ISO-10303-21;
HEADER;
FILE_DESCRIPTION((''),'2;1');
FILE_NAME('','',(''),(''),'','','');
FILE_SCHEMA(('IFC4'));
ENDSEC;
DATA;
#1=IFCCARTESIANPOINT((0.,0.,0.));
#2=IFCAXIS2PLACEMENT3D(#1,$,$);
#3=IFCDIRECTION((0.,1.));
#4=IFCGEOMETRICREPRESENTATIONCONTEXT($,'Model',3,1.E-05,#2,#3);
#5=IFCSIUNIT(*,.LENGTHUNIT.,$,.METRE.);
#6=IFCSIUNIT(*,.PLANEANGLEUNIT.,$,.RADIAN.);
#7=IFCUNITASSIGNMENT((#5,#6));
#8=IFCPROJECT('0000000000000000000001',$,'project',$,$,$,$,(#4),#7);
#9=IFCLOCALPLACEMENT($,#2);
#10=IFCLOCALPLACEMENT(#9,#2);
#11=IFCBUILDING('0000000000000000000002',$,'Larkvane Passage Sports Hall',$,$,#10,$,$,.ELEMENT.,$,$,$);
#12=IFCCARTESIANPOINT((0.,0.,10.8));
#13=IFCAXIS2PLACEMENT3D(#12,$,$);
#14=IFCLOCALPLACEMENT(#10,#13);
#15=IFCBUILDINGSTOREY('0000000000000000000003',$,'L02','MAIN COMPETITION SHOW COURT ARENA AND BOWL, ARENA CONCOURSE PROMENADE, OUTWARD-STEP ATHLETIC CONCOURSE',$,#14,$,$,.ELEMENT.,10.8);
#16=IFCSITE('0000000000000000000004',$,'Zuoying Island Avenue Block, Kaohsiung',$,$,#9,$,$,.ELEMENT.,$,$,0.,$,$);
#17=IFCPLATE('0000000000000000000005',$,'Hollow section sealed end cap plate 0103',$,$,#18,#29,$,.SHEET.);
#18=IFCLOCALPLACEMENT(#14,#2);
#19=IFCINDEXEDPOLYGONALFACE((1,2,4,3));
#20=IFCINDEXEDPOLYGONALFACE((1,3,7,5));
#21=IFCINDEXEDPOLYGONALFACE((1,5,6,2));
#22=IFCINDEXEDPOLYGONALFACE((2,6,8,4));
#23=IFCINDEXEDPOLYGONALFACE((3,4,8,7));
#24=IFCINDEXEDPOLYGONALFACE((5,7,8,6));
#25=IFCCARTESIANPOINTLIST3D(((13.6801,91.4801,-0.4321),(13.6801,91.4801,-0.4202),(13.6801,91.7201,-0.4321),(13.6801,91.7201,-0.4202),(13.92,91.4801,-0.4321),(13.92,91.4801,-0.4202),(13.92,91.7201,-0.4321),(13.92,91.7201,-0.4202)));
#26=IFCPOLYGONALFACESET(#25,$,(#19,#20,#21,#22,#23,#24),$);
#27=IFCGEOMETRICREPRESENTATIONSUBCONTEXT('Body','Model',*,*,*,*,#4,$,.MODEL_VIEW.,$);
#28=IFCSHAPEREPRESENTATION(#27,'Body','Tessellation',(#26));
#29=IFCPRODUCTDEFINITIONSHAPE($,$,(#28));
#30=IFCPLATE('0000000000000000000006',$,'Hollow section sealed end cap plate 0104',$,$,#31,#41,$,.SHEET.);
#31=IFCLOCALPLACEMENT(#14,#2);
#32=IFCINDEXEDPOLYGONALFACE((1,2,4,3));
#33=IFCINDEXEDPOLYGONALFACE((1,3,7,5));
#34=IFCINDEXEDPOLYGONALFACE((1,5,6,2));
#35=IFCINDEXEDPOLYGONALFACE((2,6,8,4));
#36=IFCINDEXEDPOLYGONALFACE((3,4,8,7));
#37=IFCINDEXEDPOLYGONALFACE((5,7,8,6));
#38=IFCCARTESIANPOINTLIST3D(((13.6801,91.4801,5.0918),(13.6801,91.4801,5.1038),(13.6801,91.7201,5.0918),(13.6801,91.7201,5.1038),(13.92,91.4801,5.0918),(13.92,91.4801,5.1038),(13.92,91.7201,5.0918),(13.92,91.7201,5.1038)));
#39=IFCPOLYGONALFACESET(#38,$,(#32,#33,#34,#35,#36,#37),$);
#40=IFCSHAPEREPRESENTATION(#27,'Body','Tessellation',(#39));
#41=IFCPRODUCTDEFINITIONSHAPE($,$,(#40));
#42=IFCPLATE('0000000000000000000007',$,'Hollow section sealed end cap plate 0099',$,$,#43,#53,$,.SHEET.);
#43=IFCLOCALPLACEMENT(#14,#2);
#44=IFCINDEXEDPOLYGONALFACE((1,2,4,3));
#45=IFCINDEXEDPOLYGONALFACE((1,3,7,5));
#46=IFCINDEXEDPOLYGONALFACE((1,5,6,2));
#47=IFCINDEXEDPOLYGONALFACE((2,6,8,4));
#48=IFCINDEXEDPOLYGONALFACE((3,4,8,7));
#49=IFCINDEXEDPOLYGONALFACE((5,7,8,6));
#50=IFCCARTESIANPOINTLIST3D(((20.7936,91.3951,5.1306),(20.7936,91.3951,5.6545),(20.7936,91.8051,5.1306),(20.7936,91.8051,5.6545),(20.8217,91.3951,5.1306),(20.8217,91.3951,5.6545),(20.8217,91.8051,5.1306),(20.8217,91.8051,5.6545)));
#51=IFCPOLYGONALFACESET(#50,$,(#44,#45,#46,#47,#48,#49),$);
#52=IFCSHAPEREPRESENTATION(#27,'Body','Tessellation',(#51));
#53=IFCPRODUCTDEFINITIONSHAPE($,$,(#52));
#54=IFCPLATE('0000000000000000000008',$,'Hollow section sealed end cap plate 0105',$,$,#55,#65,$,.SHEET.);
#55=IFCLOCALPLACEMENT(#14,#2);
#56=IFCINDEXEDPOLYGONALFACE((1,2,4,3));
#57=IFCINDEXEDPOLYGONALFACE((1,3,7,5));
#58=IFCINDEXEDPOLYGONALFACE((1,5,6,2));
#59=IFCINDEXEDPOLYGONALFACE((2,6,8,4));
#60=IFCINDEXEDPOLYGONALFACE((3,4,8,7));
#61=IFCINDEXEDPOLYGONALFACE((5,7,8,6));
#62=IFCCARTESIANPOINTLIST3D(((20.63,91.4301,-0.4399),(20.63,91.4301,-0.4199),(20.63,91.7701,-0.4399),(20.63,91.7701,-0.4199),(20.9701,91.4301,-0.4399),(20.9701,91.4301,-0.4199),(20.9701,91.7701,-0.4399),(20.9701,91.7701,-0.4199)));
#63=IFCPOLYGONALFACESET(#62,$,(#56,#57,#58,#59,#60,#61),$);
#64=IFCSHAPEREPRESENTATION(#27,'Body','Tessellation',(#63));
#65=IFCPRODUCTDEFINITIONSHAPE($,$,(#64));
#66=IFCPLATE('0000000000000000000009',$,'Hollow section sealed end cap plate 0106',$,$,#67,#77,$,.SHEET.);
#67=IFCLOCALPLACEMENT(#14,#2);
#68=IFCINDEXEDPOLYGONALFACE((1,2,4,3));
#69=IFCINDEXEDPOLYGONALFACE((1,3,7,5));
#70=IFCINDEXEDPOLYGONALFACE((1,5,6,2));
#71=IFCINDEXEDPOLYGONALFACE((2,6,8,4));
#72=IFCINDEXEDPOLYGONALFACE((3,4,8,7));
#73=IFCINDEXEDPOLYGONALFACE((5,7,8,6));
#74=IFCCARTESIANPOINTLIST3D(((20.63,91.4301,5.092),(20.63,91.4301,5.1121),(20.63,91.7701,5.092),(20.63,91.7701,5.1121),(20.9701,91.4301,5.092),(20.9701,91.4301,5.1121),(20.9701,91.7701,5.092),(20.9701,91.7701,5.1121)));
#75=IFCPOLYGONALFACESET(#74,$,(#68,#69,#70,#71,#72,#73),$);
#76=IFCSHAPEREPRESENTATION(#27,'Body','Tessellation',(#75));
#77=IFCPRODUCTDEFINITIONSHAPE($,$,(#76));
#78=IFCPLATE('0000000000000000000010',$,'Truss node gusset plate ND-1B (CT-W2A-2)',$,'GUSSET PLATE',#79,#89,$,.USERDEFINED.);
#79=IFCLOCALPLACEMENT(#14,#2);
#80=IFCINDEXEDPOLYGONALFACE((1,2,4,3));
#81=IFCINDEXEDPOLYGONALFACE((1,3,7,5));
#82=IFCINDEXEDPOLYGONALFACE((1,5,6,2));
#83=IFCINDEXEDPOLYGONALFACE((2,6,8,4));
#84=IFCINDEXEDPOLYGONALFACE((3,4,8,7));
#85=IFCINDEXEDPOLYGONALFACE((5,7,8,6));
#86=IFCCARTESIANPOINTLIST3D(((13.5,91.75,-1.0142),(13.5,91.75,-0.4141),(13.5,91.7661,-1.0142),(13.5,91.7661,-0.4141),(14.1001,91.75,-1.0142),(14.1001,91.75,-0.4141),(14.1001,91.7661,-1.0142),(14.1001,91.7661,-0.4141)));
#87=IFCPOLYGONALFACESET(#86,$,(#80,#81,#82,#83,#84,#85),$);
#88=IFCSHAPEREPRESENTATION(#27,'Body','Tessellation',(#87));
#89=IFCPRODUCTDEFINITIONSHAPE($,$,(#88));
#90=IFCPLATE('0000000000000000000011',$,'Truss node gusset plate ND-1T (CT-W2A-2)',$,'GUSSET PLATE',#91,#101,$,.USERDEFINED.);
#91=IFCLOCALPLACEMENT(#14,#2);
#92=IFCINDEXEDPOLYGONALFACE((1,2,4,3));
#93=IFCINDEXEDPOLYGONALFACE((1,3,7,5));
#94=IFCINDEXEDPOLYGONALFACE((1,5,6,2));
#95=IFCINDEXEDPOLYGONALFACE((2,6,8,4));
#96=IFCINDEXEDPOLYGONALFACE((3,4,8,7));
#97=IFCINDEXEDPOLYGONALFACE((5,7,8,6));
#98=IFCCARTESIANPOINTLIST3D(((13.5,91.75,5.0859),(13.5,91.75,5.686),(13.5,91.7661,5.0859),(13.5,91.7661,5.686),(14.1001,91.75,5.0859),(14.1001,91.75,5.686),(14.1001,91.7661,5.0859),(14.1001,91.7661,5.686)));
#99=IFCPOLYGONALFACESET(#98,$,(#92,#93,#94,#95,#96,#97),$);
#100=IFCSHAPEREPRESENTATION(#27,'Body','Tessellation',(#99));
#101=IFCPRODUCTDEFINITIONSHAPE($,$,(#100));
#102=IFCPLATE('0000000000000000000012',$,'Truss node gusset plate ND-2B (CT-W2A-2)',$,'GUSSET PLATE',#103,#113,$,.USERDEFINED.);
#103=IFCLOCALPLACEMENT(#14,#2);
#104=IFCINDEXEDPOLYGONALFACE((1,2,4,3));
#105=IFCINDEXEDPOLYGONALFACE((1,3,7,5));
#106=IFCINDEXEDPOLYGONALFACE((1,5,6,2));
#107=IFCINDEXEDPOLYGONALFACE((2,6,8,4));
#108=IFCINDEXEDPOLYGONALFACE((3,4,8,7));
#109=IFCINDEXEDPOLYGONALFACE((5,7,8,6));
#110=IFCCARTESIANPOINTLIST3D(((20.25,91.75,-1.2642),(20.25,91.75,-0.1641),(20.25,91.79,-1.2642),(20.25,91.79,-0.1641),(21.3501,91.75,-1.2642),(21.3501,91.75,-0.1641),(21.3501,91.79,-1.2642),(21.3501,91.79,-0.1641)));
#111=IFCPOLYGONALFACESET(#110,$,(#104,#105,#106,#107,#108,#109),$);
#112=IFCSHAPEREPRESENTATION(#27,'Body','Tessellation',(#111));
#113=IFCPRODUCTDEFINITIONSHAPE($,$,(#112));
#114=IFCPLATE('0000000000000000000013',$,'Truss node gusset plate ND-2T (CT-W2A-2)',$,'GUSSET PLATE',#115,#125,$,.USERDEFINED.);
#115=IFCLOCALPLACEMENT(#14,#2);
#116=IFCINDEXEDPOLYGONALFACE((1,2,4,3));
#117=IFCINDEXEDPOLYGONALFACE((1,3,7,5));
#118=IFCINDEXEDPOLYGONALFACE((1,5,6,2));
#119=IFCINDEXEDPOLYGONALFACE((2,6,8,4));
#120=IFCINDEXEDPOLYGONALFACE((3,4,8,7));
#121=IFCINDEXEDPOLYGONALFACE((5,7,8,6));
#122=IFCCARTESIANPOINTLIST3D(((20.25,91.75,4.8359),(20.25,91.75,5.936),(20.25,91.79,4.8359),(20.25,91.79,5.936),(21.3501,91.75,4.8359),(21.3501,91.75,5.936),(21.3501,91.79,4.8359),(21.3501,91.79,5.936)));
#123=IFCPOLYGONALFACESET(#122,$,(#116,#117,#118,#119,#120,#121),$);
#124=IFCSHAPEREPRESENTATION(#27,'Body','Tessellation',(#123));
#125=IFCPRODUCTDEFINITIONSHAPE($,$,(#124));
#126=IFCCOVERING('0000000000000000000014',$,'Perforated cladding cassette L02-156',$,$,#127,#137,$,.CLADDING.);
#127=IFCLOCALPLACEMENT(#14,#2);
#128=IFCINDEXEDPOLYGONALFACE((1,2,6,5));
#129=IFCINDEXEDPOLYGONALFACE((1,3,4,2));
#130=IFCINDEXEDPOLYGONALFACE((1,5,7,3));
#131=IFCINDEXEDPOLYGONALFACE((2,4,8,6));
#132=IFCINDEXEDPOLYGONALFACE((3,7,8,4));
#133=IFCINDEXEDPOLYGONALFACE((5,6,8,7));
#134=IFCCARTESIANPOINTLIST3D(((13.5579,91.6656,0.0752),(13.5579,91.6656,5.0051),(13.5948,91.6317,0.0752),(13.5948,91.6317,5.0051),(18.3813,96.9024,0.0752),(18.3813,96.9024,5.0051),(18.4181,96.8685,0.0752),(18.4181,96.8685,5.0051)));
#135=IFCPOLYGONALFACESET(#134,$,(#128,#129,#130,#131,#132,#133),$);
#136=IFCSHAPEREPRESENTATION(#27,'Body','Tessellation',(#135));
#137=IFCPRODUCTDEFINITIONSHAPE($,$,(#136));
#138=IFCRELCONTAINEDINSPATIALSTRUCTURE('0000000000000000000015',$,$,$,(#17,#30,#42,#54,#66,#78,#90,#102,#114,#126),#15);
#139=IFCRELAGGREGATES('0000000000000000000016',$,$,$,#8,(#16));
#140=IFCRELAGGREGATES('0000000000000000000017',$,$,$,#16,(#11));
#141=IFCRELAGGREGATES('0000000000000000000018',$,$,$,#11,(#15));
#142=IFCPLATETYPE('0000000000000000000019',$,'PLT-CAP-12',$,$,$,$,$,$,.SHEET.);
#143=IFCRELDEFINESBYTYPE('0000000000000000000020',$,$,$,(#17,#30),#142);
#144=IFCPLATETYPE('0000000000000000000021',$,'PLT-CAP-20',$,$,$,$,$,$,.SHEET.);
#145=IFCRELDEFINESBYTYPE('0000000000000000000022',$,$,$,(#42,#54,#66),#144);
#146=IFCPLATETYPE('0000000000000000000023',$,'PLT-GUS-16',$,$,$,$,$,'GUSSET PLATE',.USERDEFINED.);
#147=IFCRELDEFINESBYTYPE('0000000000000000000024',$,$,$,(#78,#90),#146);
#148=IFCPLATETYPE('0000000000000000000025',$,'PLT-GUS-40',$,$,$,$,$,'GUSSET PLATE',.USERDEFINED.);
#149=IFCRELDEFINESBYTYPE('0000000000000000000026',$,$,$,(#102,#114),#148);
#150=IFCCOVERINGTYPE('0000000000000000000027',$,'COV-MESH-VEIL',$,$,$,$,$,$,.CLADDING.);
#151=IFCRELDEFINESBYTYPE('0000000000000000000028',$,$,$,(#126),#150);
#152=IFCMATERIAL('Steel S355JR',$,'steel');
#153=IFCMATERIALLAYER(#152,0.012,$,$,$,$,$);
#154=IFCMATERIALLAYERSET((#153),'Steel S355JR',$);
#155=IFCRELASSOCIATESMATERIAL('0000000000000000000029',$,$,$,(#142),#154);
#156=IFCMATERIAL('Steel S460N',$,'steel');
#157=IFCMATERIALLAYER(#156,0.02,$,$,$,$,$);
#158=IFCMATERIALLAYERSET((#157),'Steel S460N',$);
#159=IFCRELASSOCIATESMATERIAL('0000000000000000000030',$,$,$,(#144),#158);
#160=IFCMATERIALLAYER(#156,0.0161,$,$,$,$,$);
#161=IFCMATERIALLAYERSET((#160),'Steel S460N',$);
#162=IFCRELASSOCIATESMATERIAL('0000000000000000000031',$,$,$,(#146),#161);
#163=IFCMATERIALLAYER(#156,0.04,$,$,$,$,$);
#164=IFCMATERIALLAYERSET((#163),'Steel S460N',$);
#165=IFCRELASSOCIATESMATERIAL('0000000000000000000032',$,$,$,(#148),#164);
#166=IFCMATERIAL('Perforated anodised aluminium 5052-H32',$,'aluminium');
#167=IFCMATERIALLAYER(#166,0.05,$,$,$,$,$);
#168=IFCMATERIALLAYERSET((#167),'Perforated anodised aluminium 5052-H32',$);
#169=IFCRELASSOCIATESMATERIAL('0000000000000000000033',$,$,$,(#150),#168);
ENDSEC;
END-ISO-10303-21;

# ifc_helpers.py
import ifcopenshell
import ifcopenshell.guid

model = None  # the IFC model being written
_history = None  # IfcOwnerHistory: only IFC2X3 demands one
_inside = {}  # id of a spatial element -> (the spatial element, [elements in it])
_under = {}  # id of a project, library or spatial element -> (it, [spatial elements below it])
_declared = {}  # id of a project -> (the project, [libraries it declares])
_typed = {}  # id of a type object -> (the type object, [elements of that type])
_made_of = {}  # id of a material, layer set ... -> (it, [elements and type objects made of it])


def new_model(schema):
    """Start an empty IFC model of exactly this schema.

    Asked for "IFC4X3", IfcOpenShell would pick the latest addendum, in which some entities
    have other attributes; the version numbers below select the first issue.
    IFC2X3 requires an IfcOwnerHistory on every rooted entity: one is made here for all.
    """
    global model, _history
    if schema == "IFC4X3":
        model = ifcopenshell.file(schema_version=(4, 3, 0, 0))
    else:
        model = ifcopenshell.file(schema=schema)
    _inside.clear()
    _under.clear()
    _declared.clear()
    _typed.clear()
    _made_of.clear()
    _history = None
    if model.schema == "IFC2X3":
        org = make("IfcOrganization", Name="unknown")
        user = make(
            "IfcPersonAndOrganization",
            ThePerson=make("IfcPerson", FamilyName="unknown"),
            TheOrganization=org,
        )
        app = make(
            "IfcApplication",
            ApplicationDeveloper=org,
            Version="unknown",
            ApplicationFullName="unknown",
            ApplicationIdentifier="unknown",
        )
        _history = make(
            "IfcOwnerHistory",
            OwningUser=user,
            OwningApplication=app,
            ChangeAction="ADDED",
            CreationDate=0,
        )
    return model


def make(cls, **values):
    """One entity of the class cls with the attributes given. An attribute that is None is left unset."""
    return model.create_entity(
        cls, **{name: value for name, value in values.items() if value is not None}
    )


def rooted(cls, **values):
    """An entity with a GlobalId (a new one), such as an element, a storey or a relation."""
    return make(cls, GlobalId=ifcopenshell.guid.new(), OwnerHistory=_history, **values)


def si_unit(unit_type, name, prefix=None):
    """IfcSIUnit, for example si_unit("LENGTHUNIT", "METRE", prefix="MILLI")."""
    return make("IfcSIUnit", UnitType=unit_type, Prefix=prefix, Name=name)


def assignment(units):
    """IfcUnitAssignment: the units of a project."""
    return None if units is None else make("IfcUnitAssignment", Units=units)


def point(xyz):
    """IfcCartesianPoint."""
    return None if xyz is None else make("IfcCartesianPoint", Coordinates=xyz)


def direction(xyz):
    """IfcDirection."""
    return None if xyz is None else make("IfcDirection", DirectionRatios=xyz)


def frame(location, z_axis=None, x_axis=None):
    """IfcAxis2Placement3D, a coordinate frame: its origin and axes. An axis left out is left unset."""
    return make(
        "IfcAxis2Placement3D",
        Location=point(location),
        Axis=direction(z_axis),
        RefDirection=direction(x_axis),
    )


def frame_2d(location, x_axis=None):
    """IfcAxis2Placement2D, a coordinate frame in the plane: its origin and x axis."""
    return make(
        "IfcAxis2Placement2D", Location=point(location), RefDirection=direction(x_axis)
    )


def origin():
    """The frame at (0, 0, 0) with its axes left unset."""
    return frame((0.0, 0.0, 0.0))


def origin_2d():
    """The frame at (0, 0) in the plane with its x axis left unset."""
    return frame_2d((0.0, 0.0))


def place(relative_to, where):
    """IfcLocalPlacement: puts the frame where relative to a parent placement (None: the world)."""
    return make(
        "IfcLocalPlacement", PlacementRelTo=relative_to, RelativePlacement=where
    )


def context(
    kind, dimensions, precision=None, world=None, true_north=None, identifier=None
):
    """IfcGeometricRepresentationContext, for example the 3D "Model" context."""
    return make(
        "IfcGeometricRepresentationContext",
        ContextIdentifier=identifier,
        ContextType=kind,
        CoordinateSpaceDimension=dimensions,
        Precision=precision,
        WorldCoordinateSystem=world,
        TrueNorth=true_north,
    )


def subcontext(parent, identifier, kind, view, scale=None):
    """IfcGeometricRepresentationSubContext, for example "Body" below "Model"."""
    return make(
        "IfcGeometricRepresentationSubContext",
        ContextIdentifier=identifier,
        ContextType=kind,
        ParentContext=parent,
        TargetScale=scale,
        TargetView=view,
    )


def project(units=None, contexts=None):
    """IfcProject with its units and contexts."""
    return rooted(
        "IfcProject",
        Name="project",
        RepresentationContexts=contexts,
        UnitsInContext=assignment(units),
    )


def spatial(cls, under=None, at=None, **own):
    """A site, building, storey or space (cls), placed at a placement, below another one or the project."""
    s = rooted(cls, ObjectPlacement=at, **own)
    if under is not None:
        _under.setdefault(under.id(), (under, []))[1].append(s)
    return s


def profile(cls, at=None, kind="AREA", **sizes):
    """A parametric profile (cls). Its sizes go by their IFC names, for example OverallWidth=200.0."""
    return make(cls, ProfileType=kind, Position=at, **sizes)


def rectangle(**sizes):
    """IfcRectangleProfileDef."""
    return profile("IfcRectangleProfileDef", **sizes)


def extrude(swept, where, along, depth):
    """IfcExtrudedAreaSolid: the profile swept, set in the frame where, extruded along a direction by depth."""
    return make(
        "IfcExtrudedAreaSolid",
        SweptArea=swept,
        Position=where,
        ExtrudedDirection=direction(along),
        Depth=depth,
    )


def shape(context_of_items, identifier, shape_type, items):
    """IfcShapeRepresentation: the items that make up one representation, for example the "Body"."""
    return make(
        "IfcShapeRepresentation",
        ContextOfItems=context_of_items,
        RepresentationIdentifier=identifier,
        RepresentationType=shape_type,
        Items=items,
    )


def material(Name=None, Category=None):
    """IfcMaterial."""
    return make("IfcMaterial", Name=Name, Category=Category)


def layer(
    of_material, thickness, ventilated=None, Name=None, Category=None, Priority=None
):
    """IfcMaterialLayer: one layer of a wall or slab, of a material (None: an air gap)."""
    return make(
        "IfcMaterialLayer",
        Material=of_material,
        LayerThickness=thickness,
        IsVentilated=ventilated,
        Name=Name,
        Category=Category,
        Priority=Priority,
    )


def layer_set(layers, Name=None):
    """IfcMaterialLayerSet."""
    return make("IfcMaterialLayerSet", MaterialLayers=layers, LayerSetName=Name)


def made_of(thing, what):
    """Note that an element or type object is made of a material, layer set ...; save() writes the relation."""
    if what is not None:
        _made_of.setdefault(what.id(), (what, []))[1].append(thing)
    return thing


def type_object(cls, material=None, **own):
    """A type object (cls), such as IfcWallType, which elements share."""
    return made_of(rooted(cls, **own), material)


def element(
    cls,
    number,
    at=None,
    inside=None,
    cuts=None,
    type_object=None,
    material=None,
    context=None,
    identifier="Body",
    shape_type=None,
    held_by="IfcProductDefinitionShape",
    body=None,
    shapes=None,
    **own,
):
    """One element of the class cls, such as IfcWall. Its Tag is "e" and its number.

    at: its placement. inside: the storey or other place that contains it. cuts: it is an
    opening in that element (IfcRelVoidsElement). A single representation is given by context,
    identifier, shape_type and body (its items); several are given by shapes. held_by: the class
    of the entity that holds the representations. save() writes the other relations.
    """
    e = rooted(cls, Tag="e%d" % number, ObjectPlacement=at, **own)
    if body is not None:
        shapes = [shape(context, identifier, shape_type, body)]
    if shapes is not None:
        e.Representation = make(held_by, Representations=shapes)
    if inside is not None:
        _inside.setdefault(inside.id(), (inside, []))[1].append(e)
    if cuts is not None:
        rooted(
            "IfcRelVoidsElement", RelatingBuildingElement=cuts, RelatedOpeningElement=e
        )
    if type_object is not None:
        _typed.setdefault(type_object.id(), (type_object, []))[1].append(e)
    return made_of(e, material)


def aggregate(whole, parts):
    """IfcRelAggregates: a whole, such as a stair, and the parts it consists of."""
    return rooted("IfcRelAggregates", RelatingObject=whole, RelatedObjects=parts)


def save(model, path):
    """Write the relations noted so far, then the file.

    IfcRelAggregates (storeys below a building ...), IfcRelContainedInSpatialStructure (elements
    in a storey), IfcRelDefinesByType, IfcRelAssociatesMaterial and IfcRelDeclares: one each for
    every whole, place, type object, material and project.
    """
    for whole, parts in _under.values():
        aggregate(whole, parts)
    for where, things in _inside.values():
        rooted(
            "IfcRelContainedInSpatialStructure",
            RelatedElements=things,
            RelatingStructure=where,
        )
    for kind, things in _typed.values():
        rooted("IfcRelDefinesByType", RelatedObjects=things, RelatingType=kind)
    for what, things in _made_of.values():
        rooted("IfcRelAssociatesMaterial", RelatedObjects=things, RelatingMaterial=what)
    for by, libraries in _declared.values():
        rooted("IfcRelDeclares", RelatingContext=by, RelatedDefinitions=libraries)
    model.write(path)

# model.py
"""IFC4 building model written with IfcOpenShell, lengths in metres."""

from ifc_helpers import new_model, si_unit, direction, frame, origin, origin_2d, place, context, subcontext, project, spatial, rectangle, extrude, material, layer, layer_set, type_object, element, save


model = new_model("IFC4")

# Units and contexts
model_context = context("Model", 3, precision=1e-05, world=origin(), true_north=direction((0.0, 1.0)))
body_context = subcontext(model_context, "Body", "Model", "MODEL_VIEW")
ifc_project = project(units=[si_unit("LENGTHUNIT", "METRE"), si_unit("PLANEANGLEUNIT", "RADIAN")], contexts=[model_context])

# Site, building, storey
site_placement = place(None, origin())
site = spatial("IfcSite", under=ifc_project, at=site_placement, Name="Zuoying Island Avenue Block, Kaohsiung", CompositionType="ELEMENT", RefElevation=0.0)
building_placement = place(site_placement, origin())
building = spatial("IfcBuilding", under=site, at=building_placement, Name="Larkvane Passage Sports Hall", CompositionType="ELEMENT")
storey_placement = place(building_placement, frame((0.0, 0.0, 10.8)))
storey = spatial("IfcBuildingStorey", under=building, at=storey_placement, Name="L02", Description="MAIN COMPETITION SHOW COURT ARENA AND BOWL, ARENA CONCOURSE PROMENADE, OUTWARD-STEP ATHLETIC CONCOURSE", CompositionType="ELEMENT", Elevation=10.8)

# Shared definitions
ifc_material_1 = material(Name="Steel S460N", Category="steel")

# Plates
ifc_material_2 = material(Name="Steel S355JR", Category="steel")
ifc_layer_1 = layer(ifc_material_2, 0.012)
ifc_layer_set_1 = layer_set([ifc_layer_1], Name="Steel S355JR")
plate_type_1 = type_object("IfcPlateType", Name="PLT-CAP-12", PredefinedType="SHEET", material=ifc_layer_set_1)
for number, where, z_axis, x_axis, name in (
    (1, (13.8, 91.6001, -0.4321), (0.0, 0.0, 1.0), (1.0, 0.0, 0.0), "Hollow section sealed end cap plate 0103"),
    (2, (13.8, 91.6001, 5.0918), (0.0, 0.0, 1.0), (1.0, 0.0, 0.0), "Hollow section sealed end cap plate 0104"),
):
    element("IfcPlate", number, at=place(storey_placement, frame(where, z_axis=z_axis, x_axis=x_axis)), inside=storey, type_object=plate_type_1, Name=name, PredefinedType="SHEET", context=body_context, shape_type="SweptSolid", body=[
        extrude(rectangle(XDim=0.24, YDim=0.24, at=origin_2d()), origin(), (0.0, 0.0, 1.0), 0.012),
    ])
ifc_layer_2 = layer(ifc_material_1, 0.02)
ifc_layer_set_2 = layer_set([ifc_layer_2], Name="Steel S460N")
plate_type_2 = type_object("IfcPlateType", Name="PLT-CAP-20", PredefinedType="SHEET", material=ifc_layer_set_2)
plate_1_placement = place(storey_placement, frame((20.8076, 91.6001, 5.1306), z_axis=(0.0, 0.0, 1.0), x_axis=(0.0, 1.0, 0.0)))
element("IfcPlate", 3, at=plate_1_placement, inside=storey, type_object=plate_type_2, Name="Hollow section sealed end cap plate 0099", PredefinedType="SHEET", context=body_context, shape_type="SweptSolid", body=[
    extrude(rectangle(XDim=0.4099, YDim=0.0281, at=origin_2d()), origin(), (0.0, 0.0, 1.0), 0.5239),
])
for number, where, z_axis, x_axis, name in (
    (4, (20.8, 91.6001, -0.4399), (0.0, 0.0, 1.0), (1.0, 0.0, 0.0), "Hollow section sealed end cap plate 0105"),
    (5, (20.8, 91.6001, 5.092), (0.0, 0.0, 1.0), (1.0, 0.0, 0.0), "Hollow section sealed end cap plate 0106"),
):
    element("IfcPlate", number, at=place(storey_placement, frame(where, z_axis=z_axis, x_axis=x_axis)), inside=storey, type_object=plate_type_2, Name=name, PredefinedType="SHEET", context=body_context, shape_type="SweptSolid", body=[
        extrude(rectangle(XDim=0.3401, YDim=0.3401, at=origin_2d()), origin(), (0.0, 0.0, 1.0), 0.02),
    ])
ifc_layer_3 = layer(ifc_material_1, 0.0161)
ifc_layer_set_3 = layer_set([ifc_layer_3], Name="Steel S460N")
plate_type_3 = type_object("IfcPlateType", Name="PLT-GUS-16", ElementType="GUSSET PLATE", PredefinedType="USERDEFINED", material=ifc_layer_set_3)
for number, where, z_axis, x_axis, name in (
    (6, (13.8, 91.7581, -1.0142), (0.0, 0.0, 1.0), (1.0, 0.0, 0.0), "Truss node gusset plate ND-1B (CT-W2A-2)"),
    (7, (13.8, 91.7581, 5.0859), (0.0, 0.0, 1.0), (1.0, 0.0, 0.0), "Truss node gusset plate ND-1T (CT-W2A-2)"),
):
    element("IfcPlate", number, at=place(storey_placement, frame(where, z_axis=z_axis, x_axis=x_axis)), inside=storey, type_object=plate_type_3, Name=name, ObjectType="GUSSET PLATE", PredefinedType="USERDEFINED", context=body_context, shape_type="SweptSolid", body=[
        extrude(rectangle(XDim=0.6001, YDim=0.0161, at=origin_2d()), origin(), (0.0, 0.0, 1.0), 0.6001),
    ])
ifc_layer_4 = layer(ifc_material_1, 0.04)
ifc_layer_set_4 = layer_set([ifc_layer_4], Name="Steel S460N")
plate_type_4 = type_object("IfcPlateType", Name="PLT-GUS-40", ElementType="GUSSET PLATE", PredefinedType="USERDEFINED", material=ifc_layer_set_4)
for number, where, z_axis, x_axis, name in (
    (8, (20.8, 91.77, -1.2642), (0.0, 0.0, 1.0), (1.0, 0.0, 0.0), "Truss node gusset plate ND-2B (CT-W2A-2)"),
    (9, (20.8, 91.77, 4.8359), (0.0, 0.0, 1.0), (1.0, 0.0, 0.0), "Truss node gusset plate ND-2T (CT-W2A-2)"),
):
    element("IfcPlate", number, at=place(storey_placement, frame(where, z_axis=z_axis, x_axis=x_axis)), inside=storey, type_object=plate_type_4, Name=name, ObjectType="GUSSET PLATE", PredefinedType="USERDEFINED", context=body_context, shape_type="SweptSolid", body=[
        extrude(rectangle(XDim=1.1001, YDim=0.04, at=origin_2d()), origin(), (0.0, 0.0, 1.0), 1.1001),
    ])

# Covering
ifc_material_3 = material(Name="Perforated anodised aluminium 5052-H32", Category="aluminium")
ifc_layer_5 = layer(ifc_material_3, 0.05)
ifc_layer_set_5 = layer_set([ifc_layer_5], Name="Perforated anodised aluminium 5052-H32")
covering_type = type_object("IfcCoveringType", Name="COV-MESH-VEIL", PredefinedType="CLADDING", material=ifc_layer_set_5)
covering_placement = place(storey_placement, frame((15.988, 94.2671, 0.0752), z_axis=(0.0, 0.0, 1.0), x_axis=(0.677476, 0.735545, 0.0)))
element("IfcCovering", 10, at=covering_placement, inside=storey, type_object=covering_type, Name="Perforated cladding cassette L02-156", PredefinedType="CLADDING", context=body_context, shape_type="SweptSolid", body=[
    extrude(rectangle(XDim=7.1196, YDim=0.05, at=origin_2d()), origin(), (0.0, 0.0, 1.0), 4.9299),
])

save(model, "model.ifc")
